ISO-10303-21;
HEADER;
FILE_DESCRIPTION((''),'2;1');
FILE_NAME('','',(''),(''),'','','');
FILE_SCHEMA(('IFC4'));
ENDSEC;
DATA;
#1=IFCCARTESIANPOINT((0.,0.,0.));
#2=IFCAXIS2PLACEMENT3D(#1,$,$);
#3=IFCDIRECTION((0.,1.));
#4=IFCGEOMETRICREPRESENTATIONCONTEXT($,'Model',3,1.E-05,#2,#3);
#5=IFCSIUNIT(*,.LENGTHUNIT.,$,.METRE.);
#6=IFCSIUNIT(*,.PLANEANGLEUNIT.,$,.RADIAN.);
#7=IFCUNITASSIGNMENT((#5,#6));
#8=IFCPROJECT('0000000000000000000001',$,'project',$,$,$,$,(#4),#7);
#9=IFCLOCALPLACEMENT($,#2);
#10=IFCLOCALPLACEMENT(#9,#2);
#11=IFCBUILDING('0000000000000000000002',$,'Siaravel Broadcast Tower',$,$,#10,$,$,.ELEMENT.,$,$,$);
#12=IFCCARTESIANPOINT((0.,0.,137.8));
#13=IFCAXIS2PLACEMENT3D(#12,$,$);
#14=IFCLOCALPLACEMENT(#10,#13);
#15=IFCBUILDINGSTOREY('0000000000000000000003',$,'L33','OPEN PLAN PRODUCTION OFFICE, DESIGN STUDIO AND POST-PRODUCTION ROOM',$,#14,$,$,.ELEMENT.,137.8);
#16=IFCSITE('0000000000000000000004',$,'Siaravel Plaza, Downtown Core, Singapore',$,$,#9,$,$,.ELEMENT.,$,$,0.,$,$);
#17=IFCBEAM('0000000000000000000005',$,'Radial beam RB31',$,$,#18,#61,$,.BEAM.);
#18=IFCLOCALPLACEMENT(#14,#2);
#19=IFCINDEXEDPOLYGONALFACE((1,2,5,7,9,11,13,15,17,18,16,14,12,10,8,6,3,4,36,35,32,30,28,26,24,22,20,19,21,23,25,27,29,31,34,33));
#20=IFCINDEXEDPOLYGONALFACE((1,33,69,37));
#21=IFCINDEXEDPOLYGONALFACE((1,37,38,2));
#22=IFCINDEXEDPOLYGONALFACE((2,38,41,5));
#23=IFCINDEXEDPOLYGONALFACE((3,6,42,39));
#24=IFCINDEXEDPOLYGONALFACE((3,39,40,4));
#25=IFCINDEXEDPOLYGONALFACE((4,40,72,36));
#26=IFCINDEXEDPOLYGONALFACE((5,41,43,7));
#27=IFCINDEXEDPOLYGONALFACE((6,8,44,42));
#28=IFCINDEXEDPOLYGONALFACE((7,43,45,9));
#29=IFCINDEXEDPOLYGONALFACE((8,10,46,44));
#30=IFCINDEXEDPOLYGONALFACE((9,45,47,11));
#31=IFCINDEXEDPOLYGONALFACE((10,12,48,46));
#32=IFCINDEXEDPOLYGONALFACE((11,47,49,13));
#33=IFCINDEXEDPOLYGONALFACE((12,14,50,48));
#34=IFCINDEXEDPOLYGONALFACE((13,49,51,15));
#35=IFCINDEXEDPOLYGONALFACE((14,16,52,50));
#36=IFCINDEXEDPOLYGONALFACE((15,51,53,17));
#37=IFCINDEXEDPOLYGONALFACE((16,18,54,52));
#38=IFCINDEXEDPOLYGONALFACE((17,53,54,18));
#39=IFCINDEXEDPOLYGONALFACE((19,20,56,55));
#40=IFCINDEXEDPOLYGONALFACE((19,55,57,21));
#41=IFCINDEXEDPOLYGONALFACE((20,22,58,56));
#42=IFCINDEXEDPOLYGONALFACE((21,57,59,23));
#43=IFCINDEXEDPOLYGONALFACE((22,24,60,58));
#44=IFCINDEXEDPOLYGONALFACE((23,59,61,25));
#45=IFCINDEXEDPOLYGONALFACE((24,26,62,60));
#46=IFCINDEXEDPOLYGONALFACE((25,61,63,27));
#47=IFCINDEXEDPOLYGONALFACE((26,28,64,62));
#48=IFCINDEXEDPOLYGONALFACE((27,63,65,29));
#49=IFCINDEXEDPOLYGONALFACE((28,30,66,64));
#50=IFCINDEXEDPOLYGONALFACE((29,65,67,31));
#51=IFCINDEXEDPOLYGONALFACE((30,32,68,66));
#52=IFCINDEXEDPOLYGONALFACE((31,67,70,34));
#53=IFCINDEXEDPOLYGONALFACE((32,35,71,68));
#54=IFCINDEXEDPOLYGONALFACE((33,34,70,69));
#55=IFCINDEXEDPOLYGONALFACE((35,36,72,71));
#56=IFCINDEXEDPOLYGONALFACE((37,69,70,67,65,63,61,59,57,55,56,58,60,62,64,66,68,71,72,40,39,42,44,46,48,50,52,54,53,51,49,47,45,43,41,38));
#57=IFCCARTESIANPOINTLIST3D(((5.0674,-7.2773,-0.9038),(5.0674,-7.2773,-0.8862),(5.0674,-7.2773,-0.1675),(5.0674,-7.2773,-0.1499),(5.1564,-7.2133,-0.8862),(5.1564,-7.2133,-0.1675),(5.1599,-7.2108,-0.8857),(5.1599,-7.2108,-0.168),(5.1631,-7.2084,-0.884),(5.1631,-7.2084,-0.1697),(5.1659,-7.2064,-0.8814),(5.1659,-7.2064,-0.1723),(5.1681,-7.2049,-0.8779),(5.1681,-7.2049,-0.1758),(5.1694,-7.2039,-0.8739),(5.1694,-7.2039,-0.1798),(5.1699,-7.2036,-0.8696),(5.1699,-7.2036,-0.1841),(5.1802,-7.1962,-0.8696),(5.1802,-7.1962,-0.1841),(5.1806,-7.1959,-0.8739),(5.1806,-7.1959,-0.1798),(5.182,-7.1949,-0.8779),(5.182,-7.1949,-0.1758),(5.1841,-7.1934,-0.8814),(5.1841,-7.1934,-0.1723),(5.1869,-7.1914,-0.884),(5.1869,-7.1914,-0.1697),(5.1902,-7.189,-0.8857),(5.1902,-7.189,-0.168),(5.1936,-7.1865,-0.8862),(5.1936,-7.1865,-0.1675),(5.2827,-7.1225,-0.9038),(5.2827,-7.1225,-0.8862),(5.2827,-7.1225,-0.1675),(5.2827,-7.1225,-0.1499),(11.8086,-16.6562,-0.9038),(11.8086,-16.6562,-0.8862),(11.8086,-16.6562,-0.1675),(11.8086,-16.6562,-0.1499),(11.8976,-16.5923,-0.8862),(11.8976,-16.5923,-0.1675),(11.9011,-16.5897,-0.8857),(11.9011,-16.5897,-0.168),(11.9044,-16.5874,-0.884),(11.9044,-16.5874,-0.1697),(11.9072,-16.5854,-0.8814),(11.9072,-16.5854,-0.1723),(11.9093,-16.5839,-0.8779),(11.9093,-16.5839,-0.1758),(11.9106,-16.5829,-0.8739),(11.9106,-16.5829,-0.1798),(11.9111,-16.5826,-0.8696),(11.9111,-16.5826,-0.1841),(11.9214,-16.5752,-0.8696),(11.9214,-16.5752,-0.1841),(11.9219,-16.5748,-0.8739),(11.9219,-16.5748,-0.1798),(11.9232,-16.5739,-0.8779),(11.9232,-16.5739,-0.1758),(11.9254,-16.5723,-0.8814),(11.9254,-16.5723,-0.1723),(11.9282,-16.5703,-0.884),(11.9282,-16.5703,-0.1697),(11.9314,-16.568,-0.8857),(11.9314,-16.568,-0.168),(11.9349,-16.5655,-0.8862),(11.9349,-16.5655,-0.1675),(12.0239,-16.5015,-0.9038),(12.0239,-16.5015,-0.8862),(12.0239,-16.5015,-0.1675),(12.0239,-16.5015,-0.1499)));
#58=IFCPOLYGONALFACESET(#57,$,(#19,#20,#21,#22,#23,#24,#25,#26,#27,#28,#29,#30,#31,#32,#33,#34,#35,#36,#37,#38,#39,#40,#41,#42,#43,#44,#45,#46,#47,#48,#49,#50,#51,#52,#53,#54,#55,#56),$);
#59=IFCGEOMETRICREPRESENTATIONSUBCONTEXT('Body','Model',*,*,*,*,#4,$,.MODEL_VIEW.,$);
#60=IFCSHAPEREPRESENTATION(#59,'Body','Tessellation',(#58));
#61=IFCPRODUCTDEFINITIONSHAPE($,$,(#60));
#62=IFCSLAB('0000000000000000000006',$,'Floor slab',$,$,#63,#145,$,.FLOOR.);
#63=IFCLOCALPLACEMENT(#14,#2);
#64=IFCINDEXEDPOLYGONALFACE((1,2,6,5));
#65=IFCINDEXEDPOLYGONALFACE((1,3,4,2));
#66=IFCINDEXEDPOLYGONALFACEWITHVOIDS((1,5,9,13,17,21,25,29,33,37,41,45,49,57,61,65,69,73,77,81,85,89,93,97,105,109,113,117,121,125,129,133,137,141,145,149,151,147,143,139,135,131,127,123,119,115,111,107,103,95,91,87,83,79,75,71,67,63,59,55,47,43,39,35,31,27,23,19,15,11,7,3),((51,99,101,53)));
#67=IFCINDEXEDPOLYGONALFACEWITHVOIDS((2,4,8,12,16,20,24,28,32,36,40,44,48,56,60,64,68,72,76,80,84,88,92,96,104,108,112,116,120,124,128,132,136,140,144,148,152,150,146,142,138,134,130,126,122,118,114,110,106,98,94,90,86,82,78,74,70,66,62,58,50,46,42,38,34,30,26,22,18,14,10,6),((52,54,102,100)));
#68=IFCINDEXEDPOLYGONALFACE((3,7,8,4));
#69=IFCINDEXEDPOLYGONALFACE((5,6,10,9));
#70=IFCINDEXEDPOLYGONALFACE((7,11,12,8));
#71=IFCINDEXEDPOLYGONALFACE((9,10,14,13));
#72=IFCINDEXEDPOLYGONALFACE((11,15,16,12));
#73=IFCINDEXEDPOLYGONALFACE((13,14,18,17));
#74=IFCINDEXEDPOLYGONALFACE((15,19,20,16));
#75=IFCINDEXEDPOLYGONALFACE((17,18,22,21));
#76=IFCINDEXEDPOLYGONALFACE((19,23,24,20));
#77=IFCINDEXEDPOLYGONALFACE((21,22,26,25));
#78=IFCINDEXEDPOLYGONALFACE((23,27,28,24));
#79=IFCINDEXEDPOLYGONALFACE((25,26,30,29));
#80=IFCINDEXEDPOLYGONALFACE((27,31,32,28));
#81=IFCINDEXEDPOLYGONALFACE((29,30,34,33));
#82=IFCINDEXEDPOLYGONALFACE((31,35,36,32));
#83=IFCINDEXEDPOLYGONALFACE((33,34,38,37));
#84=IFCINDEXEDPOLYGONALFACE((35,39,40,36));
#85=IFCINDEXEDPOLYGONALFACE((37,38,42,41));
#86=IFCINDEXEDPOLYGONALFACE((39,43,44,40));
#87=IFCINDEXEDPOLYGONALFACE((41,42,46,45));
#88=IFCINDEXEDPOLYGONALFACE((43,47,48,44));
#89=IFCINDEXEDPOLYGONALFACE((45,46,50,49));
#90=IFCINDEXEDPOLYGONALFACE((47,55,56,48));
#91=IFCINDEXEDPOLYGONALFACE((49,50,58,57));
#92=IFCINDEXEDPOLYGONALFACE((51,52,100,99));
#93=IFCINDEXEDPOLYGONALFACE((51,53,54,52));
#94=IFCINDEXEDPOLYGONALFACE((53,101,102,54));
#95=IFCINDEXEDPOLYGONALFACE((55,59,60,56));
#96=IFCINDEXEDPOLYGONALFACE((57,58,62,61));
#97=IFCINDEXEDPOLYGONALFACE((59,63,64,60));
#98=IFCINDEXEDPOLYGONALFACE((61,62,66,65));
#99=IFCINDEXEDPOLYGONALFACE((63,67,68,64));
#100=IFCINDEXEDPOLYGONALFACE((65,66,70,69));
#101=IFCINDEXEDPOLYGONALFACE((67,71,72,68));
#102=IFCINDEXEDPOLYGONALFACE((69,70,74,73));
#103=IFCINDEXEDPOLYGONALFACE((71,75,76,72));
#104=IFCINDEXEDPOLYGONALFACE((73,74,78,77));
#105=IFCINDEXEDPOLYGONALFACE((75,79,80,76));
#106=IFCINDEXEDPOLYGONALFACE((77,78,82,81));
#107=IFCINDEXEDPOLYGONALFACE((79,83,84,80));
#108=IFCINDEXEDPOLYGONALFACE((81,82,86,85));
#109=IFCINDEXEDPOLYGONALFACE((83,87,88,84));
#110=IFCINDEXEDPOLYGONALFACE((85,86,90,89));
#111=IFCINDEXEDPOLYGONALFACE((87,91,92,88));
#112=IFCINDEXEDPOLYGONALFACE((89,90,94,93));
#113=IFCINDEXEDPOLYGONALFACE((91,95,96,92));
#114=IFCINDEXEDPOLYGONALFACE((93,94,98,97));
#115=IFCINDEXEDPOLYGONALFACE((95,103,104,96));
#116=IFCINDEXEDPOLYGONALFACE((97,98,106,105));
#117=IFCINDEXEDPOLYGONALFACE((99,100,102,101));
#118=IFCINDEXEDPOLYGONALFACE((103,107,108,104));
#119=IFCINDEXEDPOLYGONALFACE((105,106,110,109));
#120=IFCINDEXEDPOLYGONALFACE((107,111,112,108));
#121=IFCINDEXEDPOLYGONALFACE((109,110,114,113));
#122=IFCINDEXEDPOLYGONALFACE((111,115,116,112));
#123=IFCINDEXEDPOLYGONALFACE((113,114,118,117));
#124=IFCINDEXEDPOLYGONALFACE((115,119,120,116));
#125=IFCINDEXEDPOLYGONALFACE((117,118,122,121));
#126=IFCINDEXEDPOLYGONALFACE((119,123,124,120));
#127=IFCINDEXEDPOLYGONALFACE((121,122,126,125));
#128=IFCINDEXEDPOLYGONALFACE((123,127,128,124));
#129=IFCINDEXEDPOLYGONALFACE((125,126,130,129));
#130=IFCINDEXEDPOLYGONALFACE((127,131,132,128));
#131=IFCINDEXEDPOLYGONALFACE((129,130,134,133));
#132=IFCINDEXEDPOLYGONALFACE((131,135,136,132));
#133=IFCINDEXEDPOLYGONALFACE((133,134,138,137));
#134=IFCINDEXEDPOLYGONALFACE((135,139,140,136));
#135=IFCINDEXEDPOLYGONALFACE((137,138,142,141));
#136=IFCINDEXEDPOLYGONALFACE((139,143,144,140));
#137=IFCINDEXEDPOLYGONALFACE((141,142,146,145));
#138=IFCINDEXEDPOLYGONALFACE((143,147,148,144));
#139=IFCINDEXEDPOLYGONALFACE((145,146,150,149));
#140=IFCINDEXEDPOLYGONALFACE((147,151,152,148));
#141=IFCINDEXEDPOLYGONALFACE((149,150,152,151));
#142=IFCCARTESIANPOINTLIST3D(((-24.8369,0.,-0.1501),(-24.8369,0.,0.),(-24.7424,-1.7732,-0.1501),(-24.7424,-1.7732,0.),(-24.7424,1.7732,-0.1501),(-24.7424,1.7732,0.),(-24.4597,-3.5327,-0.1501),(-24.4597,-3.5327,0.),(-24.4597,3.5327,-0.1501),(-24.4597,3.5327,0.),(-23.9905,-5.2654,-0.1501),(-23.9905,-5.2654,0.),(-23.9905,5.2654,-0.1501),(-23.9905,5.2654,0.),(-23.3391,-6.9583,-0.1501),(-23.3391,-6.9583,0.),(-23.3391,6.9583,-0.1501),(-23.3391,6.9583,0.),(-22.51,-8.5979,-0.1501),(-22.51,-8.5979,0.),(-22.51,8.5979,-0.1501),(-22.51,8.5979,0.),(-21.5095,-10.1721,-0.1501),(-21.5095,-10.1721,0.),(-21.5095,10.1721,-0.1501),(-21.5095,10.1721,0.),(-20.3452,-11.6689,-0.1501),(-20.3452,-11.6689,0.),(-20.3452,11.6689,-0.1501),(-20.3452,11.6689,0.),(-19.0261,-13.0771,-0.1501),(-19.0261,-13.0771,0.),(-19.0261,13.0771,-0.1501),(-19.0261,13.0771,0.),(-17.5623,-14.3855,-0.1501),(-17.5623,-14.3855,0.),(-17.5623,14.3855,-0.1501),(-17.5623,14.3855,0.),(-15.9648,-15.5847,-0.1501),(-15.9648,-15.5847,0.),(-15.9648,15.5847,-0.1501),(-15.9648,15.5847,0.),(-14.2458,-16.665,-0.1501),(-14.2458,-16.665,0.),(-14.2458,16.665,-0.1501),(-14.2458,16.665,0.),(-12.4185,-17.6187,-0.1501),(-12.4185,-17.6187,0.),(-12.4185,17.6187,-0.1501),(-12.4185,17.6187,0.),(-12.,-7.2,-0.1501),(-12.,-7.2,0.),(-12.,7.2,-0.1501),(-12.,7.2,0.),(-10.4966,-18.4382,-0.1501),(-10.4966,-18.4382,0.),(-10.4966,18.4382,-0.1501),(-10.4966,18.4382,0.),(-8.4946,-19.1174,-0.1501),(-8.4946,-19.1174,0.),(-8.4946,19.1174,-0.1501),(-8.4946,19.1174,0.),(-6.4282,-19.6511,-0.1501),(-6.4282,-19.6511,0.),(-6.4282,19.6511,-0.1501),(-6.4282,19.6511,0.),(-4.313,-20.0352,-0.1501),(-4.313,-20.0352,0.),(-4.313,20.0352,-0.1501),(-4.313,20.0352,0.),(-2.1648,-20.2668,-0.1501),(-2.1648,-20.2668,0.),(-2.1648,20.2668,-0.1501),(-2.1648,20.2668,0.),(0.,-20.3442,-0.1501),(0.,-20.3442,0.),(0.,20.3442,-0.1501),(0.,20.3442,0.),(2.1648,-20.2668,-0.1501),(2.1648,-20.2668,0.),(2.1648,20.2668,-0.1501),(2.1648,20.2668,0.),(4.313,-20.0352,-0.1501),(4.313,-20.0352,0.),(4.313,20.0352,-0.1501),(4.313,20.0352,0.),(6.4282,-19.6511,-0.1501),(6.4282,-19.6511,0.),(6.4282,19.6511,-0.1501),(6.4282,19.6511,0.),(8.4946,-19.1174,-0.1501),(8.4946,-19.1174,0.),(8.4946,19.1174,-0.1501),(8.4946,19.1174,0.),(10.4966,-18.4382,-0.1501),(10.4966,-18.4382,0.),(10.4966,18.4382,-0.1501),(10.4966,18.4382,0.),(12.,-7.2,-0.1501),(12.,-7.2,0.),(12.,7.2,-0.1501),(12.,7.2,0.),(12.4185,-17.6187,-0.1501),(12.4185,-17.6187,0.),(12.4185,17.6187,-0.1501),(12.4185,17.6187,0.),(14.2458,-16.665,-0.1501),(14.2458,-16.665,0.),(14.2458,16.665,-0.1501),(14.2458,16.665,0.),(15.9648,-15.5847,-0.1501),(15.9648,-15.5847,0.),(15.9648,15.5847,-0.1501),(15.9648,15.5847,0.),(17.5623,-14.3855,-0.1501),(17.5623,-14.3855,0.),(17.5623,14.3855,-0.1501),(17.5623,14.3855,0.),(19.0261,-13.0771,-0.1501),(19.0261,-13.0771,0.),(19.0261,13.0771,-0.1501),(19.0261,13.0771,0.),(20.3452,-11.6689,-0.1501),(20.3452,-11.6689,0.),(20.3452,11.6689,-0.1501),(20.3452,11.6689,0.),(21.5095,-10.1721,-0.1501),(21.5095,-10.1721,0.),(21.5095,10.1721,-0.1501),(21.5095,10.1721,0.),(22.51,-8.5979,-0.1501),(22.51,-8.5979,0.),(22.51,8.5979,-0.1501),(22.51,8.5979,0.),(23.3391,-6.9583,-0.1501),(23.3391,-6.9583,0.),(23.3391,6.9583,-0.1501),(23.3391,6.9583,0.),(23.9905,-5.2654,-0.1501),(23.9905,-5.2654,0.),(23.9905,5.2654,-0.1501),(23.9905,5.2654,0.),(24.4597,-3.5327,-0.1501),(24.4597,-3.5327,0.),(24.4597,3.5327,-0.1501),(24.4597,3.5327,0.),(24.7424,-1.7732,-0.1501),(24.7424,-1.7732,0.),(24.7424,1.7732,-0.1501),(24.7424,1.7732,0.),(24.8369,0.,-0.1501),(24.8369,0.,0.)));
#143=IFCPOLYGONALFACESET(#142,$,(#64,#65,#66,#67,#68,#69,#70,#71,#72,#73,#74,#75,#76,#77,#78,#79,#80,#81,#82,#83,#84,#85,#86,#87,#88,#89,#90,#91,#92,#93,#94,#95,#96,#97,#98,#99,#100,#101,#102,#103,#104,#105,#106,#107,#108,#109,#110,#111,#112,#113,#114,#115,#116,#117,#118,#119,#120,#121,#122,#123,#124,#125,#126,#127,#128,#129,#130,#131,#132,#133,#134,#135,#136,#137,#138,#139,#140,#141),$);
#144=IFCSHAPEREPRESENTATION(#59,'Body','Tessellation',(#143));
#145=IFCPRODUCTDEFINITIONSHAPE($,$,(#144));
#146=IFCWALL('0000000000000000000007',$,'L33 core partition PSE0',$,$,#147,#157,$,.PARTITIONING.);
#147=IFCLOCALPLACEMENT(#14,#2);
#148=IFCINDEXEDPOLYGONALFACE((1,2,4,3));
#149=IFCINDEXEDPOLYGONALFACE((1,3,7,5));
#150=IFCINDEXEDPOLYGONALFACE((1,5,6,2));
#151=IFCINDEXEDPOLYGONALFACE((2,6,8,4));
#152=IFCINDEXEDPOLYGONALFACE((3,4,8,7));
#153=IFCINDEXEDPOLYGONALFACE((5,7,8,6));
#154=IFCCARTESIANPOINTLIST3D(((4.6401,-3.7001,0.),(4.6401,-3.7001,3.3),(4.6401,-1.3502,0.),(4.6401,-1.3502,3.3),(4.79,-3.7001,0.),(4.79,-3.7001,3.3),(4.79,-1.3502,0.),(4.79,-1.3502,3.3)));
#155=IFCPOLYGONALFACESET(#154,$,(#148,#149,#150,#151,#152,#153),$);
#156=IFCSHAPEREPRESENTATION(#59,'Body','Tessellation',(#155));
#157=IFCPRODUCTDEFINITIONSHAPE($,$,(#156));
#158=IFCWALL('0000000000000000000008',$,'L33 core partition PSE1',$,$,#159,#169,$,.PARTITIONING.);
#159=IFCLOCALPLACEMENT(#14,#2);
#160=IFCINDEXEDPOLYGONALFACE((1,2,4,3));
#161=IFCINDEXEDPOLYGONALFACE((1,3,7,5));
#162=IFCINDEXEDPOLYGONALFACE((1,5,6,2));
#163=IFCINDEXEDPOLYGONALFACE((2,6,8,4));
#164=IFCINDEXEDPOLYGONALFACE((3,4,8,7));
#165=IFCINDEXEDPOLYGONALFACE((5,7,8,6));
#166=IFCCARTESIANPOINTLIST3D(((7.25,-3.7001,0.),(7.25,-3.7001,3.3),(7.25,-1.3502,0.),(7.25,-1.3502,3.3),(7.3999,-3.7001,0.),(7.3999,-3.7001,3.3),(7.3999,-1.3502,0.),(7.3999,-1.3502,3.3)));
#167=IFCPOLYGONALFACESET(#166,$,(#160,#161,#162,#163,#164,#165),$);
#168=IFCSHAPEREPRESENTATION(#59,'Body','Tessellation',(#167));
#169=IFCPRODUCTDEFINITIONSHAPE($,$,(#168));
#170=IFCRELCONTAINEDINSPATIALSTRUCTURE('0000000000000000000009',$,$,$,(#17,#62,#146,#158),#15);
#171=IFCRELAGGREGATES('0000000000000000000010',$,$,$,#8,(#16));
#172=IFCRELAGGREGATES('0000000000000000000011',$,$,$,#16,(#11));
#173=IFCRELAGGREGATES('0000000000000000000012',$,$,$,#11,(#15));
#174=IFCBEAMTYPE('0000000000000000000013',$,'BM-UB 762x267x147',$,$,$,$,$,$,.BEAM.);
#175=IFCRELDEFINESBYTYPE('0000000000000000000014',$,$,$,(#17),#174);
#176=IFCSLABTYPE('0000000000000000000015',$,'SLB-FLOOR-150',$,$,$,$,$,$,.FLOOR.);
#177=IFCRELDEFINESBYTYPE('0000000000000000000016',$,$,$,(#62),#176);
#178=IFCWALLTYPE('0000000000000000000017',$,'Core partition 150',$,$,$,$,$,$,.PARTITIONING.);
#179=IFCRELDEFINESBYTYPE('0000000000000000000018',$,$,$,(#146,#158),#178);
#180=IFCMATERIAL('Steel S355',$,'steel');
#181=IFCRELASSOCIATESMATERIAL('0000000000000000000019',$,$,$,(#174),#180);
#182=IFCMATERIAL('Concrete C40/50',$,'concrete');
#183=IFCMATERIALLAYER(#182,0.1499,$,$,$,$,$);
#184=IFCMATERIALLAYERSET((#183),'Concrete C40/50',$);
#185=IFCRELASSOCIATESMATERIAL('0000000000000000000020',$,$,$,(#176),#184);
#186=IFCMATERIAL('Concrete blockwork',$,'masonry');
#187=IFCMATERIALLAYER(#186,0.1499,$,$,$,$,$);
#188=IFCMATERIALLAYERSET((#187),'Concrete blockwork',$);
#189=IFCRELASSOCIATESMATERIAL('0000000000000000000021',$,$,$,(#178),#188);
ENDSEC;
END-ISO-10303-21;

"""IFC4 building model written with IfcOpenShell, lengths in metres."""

from ifc_helpers import new_model, si_unit, direction, frame, frame_2d, origin, origin_2d, place, context, subcontext, project, spatial, polyline, rectangle, i_section, outline, extrude, material, layer, layer_set, material_profile, profile_set, type_object, element, save


model = new_model("IFC4")

# Units and contexts
model_context = context("Model", 3, precision=1e-05, world=origin(), true_north=direction((0.0, 1.0)))
body_context = subcontext(model_context, "Body", "Model", "MODEL_VIEW")
ifc_project = project(units=[si_unit("LENGTHUNIT", "METRE"), si_unit("PLANEANGLEUNIT", "RADIAN")], contexts=[model_context])

# Site, building, storey
site_placement = place(None, origin())
site = spatial("IfcSite", under=ifc_project, at=site_placement, Name="Siaravel Plaza, Downtown Core, Singapore", CompositionType="ELEMENT", RefElevation=0.0)
building_placement = place(site_placement, origin())
building = spatial("IfcBuilding", under=site, at=building_placement, Name="Siaravel Broadcast Tower", CompositionType="ELEMENT")
storey_placement = place(building_placement, frame((0.0, 0.0, 137.8)))
storey = spatial("IfcBuildingStorey", under=building, at=storey_placement, Name="L33", Description="OPEN PLAN PRODUCTION OFFICE, DESIGN STUDIO AND POST-PRODUCTION ROOM", CompositionType="ELEMENT", Elevation=137.8)

# Beam
ifc_material_1 = material(Name="Steel S355", Category="steel")
ifc_material_profile = material_profile(ifc_material_1, i_section(OverallWidth=0.2651, OverallDepth=0.7539, WebThickness=0.0127, FlangeThickness=0.0176, FilletRadius=0.0166, at=origin_2d()))
ifc_profile_set = profile_set([ifc_material_profile], Name="Steel S355")
beam_type = type_object("IfcBeamType", Name="BM-UB 762x267x147", PredefinedType="BEAM", material=ifc_profile_set)
beam_placement = place(storey_placement, frame((11.9163, -16.5789, -0.5269), z_axis=(-0.583643, 0.81201, 0.0), x_axis=(-0.81201, -0.583643, 0.0)))
element("IfcBeam", 1, at=beam_placement, inside=storey, type_object=beam_type, Name="Radial beam RB31", PredefinedType="BEAM", context=body_context, shape_type="SweptSolid", body=[
    extrude(i_section(OverallWidth=0.2651, OverallDepth=0.7539, WebThickness=0.0127, FlangeThickness=0.0176, FilletRadius=0.0166, at=origin_2d()), origin(), (0.0, 0.0, 1.0), 11.5503),
])

# Slab
ifc_material_2 = material(Name="Concrete C40/50", Category="concrete")
ifc_layer_1 = layer(ifc_material_2, 0.1499)
ifc_layer_set_1 = layer_set([ifc_layer_1], Name="Concrete C40/50")
slab_type = type_object("IfcSlabType", Name="SLB-FLOOR-150", PredefinedType="FLOOR", material=ifc_layer_set_1)
slab_placement = place(storey_placement, frame((0.0, 0.0, -0.1501)))
element("IfcSlab", 2, at=slab_placement, inside=storey, type_object=slab_type, Name="Floor slab", PredefinedType="FLOOR", context=body_context, shape_type="SweptSolid", body=[
    extrude(outline(polyline([(24.8369, 0.0), (24.7424, 1.7732), (24.4597, 3.5327), (23.9905, 5.2654), (23.3391, 6.9583), (22.51, 8.5979), (21.5095, 10.1721), (20.3452, 11.6689), (19.0261, 13.0771), (17.5623, 14.3855), (15.9648, 15.5847), (14.2458, 16.665), (12.4185, 17.6187), (10.4966, 18.4382), (8.4946, 19.1174), (6.4282, 19.6511), (4.313, 20.0352), (2.1648, 20.2668), (0.0, 20.3442), (-2.1648, 20.2668), (-4.313, 20.0352), (-6.4282, 19.6511), (-8.4946, 19.1174), (-10.4966, 18.4382), (-12.4185, 17.6187), (-14.2458, 16.665), (-15.9648, 15.5847), (-17.5623, 14.3855), (-19.0261, 13.0771), (-20.3452, 11.6689), (-21.5095, 10.1721), (-22.51, 8.5979), (-23.3391, 6.9583), (-23.9905, 5.2654), (-24.4597, 3.5327), (-24.7424, 1.7732), (-24.8369, 0.0), (-24.7424, -1.7732), (-24.4597, -3.5327), (-23.9905, -5.2654), (-23.3391, -6.9583), (-22.51, -8.5979), (-21.5095, -10.1721), (-20.3452, -11.6689), (-19.0261, -13.0771), (-17.5623, -14.3855), (-15.9648, -15.5847), (-14.2458, -16.665), (-12.4185, -17.6187), (-10.4966, -18.4382), (-8.4946, -19.1174), (-6.4282, -19.6511), (-4.313, -20.0352), (-2.1648, -20.2668), (0.0, -20.3442), (2.1648, -20.2668), (4.313, -20.0352), (6.4282, -19.6511), (8.4946, -19.1174), (10.4966, -18.4382), (12.4185, -17.6187), (14.2458, -16.665), (15.9648, -15.5847), (17.5623, -14.3855), (19.0261, -13.0771), (20.3452, -11.6689), (21.5095, -10.1721), (22.51, -8.5979), (23.3391, -6.9583), (23.9905, -5.2654), (24.4597, -3.5327), (24.7424, -1.7732), (24.8369, 0.0)]), holes=[polyline([(-12.0, 7.2), (12.0, 7.2), (12.0, -7.2), (-12.0, -7.2), (-12.0, 7.2)])]), origin(), (0.0, 0.0, 1.0), 0.1501),
])

# Walls
ifc_material_3 = material(Name="Concrete blockwork", Category="masonry")
ifc_layer_2 = layer(ifc_material_3, 0.1499)
ifc_layer_set_2 = layer_set([ifc_layer_2], Name="Concrete blockwork")
wall_type_1 = type_object("IfcWallType", Name="Core partition 150", PredefinedType="PARTITIONING", material=ifc_layer_set_2)
for number, where, z_axis, x_axis, name in (
    (3, (4.7151, -3.7, 0.0), (0.0, 0.0, 1.0), (0.0, 1.0, 0.0), "L33 core partition PSE0"),
    (4, (7.325, -3.7, 0.0), (0.0, 0.0, 1.0), (0.0, 1.0, 0.0), "L33 core partition PSE1"),
):
    element("IfcWall", number, at=place(storey_placement, frame(where, z_axis=z_axis, x_axis=x_axis)), inside=storey, type_object=wall_type_1, Name=name, PredefinedType="PARTITIONING", context=body_context, shape_type="SweptSolid", body=[
        extrude(rectangle(XDim=2.3499, YDim=0.1499, at=frame_2d((1.1748, 0.0))), origin(), (0.0, 0.0, 1.0), 3.3),
    ])

save(model, "model.ifc")
